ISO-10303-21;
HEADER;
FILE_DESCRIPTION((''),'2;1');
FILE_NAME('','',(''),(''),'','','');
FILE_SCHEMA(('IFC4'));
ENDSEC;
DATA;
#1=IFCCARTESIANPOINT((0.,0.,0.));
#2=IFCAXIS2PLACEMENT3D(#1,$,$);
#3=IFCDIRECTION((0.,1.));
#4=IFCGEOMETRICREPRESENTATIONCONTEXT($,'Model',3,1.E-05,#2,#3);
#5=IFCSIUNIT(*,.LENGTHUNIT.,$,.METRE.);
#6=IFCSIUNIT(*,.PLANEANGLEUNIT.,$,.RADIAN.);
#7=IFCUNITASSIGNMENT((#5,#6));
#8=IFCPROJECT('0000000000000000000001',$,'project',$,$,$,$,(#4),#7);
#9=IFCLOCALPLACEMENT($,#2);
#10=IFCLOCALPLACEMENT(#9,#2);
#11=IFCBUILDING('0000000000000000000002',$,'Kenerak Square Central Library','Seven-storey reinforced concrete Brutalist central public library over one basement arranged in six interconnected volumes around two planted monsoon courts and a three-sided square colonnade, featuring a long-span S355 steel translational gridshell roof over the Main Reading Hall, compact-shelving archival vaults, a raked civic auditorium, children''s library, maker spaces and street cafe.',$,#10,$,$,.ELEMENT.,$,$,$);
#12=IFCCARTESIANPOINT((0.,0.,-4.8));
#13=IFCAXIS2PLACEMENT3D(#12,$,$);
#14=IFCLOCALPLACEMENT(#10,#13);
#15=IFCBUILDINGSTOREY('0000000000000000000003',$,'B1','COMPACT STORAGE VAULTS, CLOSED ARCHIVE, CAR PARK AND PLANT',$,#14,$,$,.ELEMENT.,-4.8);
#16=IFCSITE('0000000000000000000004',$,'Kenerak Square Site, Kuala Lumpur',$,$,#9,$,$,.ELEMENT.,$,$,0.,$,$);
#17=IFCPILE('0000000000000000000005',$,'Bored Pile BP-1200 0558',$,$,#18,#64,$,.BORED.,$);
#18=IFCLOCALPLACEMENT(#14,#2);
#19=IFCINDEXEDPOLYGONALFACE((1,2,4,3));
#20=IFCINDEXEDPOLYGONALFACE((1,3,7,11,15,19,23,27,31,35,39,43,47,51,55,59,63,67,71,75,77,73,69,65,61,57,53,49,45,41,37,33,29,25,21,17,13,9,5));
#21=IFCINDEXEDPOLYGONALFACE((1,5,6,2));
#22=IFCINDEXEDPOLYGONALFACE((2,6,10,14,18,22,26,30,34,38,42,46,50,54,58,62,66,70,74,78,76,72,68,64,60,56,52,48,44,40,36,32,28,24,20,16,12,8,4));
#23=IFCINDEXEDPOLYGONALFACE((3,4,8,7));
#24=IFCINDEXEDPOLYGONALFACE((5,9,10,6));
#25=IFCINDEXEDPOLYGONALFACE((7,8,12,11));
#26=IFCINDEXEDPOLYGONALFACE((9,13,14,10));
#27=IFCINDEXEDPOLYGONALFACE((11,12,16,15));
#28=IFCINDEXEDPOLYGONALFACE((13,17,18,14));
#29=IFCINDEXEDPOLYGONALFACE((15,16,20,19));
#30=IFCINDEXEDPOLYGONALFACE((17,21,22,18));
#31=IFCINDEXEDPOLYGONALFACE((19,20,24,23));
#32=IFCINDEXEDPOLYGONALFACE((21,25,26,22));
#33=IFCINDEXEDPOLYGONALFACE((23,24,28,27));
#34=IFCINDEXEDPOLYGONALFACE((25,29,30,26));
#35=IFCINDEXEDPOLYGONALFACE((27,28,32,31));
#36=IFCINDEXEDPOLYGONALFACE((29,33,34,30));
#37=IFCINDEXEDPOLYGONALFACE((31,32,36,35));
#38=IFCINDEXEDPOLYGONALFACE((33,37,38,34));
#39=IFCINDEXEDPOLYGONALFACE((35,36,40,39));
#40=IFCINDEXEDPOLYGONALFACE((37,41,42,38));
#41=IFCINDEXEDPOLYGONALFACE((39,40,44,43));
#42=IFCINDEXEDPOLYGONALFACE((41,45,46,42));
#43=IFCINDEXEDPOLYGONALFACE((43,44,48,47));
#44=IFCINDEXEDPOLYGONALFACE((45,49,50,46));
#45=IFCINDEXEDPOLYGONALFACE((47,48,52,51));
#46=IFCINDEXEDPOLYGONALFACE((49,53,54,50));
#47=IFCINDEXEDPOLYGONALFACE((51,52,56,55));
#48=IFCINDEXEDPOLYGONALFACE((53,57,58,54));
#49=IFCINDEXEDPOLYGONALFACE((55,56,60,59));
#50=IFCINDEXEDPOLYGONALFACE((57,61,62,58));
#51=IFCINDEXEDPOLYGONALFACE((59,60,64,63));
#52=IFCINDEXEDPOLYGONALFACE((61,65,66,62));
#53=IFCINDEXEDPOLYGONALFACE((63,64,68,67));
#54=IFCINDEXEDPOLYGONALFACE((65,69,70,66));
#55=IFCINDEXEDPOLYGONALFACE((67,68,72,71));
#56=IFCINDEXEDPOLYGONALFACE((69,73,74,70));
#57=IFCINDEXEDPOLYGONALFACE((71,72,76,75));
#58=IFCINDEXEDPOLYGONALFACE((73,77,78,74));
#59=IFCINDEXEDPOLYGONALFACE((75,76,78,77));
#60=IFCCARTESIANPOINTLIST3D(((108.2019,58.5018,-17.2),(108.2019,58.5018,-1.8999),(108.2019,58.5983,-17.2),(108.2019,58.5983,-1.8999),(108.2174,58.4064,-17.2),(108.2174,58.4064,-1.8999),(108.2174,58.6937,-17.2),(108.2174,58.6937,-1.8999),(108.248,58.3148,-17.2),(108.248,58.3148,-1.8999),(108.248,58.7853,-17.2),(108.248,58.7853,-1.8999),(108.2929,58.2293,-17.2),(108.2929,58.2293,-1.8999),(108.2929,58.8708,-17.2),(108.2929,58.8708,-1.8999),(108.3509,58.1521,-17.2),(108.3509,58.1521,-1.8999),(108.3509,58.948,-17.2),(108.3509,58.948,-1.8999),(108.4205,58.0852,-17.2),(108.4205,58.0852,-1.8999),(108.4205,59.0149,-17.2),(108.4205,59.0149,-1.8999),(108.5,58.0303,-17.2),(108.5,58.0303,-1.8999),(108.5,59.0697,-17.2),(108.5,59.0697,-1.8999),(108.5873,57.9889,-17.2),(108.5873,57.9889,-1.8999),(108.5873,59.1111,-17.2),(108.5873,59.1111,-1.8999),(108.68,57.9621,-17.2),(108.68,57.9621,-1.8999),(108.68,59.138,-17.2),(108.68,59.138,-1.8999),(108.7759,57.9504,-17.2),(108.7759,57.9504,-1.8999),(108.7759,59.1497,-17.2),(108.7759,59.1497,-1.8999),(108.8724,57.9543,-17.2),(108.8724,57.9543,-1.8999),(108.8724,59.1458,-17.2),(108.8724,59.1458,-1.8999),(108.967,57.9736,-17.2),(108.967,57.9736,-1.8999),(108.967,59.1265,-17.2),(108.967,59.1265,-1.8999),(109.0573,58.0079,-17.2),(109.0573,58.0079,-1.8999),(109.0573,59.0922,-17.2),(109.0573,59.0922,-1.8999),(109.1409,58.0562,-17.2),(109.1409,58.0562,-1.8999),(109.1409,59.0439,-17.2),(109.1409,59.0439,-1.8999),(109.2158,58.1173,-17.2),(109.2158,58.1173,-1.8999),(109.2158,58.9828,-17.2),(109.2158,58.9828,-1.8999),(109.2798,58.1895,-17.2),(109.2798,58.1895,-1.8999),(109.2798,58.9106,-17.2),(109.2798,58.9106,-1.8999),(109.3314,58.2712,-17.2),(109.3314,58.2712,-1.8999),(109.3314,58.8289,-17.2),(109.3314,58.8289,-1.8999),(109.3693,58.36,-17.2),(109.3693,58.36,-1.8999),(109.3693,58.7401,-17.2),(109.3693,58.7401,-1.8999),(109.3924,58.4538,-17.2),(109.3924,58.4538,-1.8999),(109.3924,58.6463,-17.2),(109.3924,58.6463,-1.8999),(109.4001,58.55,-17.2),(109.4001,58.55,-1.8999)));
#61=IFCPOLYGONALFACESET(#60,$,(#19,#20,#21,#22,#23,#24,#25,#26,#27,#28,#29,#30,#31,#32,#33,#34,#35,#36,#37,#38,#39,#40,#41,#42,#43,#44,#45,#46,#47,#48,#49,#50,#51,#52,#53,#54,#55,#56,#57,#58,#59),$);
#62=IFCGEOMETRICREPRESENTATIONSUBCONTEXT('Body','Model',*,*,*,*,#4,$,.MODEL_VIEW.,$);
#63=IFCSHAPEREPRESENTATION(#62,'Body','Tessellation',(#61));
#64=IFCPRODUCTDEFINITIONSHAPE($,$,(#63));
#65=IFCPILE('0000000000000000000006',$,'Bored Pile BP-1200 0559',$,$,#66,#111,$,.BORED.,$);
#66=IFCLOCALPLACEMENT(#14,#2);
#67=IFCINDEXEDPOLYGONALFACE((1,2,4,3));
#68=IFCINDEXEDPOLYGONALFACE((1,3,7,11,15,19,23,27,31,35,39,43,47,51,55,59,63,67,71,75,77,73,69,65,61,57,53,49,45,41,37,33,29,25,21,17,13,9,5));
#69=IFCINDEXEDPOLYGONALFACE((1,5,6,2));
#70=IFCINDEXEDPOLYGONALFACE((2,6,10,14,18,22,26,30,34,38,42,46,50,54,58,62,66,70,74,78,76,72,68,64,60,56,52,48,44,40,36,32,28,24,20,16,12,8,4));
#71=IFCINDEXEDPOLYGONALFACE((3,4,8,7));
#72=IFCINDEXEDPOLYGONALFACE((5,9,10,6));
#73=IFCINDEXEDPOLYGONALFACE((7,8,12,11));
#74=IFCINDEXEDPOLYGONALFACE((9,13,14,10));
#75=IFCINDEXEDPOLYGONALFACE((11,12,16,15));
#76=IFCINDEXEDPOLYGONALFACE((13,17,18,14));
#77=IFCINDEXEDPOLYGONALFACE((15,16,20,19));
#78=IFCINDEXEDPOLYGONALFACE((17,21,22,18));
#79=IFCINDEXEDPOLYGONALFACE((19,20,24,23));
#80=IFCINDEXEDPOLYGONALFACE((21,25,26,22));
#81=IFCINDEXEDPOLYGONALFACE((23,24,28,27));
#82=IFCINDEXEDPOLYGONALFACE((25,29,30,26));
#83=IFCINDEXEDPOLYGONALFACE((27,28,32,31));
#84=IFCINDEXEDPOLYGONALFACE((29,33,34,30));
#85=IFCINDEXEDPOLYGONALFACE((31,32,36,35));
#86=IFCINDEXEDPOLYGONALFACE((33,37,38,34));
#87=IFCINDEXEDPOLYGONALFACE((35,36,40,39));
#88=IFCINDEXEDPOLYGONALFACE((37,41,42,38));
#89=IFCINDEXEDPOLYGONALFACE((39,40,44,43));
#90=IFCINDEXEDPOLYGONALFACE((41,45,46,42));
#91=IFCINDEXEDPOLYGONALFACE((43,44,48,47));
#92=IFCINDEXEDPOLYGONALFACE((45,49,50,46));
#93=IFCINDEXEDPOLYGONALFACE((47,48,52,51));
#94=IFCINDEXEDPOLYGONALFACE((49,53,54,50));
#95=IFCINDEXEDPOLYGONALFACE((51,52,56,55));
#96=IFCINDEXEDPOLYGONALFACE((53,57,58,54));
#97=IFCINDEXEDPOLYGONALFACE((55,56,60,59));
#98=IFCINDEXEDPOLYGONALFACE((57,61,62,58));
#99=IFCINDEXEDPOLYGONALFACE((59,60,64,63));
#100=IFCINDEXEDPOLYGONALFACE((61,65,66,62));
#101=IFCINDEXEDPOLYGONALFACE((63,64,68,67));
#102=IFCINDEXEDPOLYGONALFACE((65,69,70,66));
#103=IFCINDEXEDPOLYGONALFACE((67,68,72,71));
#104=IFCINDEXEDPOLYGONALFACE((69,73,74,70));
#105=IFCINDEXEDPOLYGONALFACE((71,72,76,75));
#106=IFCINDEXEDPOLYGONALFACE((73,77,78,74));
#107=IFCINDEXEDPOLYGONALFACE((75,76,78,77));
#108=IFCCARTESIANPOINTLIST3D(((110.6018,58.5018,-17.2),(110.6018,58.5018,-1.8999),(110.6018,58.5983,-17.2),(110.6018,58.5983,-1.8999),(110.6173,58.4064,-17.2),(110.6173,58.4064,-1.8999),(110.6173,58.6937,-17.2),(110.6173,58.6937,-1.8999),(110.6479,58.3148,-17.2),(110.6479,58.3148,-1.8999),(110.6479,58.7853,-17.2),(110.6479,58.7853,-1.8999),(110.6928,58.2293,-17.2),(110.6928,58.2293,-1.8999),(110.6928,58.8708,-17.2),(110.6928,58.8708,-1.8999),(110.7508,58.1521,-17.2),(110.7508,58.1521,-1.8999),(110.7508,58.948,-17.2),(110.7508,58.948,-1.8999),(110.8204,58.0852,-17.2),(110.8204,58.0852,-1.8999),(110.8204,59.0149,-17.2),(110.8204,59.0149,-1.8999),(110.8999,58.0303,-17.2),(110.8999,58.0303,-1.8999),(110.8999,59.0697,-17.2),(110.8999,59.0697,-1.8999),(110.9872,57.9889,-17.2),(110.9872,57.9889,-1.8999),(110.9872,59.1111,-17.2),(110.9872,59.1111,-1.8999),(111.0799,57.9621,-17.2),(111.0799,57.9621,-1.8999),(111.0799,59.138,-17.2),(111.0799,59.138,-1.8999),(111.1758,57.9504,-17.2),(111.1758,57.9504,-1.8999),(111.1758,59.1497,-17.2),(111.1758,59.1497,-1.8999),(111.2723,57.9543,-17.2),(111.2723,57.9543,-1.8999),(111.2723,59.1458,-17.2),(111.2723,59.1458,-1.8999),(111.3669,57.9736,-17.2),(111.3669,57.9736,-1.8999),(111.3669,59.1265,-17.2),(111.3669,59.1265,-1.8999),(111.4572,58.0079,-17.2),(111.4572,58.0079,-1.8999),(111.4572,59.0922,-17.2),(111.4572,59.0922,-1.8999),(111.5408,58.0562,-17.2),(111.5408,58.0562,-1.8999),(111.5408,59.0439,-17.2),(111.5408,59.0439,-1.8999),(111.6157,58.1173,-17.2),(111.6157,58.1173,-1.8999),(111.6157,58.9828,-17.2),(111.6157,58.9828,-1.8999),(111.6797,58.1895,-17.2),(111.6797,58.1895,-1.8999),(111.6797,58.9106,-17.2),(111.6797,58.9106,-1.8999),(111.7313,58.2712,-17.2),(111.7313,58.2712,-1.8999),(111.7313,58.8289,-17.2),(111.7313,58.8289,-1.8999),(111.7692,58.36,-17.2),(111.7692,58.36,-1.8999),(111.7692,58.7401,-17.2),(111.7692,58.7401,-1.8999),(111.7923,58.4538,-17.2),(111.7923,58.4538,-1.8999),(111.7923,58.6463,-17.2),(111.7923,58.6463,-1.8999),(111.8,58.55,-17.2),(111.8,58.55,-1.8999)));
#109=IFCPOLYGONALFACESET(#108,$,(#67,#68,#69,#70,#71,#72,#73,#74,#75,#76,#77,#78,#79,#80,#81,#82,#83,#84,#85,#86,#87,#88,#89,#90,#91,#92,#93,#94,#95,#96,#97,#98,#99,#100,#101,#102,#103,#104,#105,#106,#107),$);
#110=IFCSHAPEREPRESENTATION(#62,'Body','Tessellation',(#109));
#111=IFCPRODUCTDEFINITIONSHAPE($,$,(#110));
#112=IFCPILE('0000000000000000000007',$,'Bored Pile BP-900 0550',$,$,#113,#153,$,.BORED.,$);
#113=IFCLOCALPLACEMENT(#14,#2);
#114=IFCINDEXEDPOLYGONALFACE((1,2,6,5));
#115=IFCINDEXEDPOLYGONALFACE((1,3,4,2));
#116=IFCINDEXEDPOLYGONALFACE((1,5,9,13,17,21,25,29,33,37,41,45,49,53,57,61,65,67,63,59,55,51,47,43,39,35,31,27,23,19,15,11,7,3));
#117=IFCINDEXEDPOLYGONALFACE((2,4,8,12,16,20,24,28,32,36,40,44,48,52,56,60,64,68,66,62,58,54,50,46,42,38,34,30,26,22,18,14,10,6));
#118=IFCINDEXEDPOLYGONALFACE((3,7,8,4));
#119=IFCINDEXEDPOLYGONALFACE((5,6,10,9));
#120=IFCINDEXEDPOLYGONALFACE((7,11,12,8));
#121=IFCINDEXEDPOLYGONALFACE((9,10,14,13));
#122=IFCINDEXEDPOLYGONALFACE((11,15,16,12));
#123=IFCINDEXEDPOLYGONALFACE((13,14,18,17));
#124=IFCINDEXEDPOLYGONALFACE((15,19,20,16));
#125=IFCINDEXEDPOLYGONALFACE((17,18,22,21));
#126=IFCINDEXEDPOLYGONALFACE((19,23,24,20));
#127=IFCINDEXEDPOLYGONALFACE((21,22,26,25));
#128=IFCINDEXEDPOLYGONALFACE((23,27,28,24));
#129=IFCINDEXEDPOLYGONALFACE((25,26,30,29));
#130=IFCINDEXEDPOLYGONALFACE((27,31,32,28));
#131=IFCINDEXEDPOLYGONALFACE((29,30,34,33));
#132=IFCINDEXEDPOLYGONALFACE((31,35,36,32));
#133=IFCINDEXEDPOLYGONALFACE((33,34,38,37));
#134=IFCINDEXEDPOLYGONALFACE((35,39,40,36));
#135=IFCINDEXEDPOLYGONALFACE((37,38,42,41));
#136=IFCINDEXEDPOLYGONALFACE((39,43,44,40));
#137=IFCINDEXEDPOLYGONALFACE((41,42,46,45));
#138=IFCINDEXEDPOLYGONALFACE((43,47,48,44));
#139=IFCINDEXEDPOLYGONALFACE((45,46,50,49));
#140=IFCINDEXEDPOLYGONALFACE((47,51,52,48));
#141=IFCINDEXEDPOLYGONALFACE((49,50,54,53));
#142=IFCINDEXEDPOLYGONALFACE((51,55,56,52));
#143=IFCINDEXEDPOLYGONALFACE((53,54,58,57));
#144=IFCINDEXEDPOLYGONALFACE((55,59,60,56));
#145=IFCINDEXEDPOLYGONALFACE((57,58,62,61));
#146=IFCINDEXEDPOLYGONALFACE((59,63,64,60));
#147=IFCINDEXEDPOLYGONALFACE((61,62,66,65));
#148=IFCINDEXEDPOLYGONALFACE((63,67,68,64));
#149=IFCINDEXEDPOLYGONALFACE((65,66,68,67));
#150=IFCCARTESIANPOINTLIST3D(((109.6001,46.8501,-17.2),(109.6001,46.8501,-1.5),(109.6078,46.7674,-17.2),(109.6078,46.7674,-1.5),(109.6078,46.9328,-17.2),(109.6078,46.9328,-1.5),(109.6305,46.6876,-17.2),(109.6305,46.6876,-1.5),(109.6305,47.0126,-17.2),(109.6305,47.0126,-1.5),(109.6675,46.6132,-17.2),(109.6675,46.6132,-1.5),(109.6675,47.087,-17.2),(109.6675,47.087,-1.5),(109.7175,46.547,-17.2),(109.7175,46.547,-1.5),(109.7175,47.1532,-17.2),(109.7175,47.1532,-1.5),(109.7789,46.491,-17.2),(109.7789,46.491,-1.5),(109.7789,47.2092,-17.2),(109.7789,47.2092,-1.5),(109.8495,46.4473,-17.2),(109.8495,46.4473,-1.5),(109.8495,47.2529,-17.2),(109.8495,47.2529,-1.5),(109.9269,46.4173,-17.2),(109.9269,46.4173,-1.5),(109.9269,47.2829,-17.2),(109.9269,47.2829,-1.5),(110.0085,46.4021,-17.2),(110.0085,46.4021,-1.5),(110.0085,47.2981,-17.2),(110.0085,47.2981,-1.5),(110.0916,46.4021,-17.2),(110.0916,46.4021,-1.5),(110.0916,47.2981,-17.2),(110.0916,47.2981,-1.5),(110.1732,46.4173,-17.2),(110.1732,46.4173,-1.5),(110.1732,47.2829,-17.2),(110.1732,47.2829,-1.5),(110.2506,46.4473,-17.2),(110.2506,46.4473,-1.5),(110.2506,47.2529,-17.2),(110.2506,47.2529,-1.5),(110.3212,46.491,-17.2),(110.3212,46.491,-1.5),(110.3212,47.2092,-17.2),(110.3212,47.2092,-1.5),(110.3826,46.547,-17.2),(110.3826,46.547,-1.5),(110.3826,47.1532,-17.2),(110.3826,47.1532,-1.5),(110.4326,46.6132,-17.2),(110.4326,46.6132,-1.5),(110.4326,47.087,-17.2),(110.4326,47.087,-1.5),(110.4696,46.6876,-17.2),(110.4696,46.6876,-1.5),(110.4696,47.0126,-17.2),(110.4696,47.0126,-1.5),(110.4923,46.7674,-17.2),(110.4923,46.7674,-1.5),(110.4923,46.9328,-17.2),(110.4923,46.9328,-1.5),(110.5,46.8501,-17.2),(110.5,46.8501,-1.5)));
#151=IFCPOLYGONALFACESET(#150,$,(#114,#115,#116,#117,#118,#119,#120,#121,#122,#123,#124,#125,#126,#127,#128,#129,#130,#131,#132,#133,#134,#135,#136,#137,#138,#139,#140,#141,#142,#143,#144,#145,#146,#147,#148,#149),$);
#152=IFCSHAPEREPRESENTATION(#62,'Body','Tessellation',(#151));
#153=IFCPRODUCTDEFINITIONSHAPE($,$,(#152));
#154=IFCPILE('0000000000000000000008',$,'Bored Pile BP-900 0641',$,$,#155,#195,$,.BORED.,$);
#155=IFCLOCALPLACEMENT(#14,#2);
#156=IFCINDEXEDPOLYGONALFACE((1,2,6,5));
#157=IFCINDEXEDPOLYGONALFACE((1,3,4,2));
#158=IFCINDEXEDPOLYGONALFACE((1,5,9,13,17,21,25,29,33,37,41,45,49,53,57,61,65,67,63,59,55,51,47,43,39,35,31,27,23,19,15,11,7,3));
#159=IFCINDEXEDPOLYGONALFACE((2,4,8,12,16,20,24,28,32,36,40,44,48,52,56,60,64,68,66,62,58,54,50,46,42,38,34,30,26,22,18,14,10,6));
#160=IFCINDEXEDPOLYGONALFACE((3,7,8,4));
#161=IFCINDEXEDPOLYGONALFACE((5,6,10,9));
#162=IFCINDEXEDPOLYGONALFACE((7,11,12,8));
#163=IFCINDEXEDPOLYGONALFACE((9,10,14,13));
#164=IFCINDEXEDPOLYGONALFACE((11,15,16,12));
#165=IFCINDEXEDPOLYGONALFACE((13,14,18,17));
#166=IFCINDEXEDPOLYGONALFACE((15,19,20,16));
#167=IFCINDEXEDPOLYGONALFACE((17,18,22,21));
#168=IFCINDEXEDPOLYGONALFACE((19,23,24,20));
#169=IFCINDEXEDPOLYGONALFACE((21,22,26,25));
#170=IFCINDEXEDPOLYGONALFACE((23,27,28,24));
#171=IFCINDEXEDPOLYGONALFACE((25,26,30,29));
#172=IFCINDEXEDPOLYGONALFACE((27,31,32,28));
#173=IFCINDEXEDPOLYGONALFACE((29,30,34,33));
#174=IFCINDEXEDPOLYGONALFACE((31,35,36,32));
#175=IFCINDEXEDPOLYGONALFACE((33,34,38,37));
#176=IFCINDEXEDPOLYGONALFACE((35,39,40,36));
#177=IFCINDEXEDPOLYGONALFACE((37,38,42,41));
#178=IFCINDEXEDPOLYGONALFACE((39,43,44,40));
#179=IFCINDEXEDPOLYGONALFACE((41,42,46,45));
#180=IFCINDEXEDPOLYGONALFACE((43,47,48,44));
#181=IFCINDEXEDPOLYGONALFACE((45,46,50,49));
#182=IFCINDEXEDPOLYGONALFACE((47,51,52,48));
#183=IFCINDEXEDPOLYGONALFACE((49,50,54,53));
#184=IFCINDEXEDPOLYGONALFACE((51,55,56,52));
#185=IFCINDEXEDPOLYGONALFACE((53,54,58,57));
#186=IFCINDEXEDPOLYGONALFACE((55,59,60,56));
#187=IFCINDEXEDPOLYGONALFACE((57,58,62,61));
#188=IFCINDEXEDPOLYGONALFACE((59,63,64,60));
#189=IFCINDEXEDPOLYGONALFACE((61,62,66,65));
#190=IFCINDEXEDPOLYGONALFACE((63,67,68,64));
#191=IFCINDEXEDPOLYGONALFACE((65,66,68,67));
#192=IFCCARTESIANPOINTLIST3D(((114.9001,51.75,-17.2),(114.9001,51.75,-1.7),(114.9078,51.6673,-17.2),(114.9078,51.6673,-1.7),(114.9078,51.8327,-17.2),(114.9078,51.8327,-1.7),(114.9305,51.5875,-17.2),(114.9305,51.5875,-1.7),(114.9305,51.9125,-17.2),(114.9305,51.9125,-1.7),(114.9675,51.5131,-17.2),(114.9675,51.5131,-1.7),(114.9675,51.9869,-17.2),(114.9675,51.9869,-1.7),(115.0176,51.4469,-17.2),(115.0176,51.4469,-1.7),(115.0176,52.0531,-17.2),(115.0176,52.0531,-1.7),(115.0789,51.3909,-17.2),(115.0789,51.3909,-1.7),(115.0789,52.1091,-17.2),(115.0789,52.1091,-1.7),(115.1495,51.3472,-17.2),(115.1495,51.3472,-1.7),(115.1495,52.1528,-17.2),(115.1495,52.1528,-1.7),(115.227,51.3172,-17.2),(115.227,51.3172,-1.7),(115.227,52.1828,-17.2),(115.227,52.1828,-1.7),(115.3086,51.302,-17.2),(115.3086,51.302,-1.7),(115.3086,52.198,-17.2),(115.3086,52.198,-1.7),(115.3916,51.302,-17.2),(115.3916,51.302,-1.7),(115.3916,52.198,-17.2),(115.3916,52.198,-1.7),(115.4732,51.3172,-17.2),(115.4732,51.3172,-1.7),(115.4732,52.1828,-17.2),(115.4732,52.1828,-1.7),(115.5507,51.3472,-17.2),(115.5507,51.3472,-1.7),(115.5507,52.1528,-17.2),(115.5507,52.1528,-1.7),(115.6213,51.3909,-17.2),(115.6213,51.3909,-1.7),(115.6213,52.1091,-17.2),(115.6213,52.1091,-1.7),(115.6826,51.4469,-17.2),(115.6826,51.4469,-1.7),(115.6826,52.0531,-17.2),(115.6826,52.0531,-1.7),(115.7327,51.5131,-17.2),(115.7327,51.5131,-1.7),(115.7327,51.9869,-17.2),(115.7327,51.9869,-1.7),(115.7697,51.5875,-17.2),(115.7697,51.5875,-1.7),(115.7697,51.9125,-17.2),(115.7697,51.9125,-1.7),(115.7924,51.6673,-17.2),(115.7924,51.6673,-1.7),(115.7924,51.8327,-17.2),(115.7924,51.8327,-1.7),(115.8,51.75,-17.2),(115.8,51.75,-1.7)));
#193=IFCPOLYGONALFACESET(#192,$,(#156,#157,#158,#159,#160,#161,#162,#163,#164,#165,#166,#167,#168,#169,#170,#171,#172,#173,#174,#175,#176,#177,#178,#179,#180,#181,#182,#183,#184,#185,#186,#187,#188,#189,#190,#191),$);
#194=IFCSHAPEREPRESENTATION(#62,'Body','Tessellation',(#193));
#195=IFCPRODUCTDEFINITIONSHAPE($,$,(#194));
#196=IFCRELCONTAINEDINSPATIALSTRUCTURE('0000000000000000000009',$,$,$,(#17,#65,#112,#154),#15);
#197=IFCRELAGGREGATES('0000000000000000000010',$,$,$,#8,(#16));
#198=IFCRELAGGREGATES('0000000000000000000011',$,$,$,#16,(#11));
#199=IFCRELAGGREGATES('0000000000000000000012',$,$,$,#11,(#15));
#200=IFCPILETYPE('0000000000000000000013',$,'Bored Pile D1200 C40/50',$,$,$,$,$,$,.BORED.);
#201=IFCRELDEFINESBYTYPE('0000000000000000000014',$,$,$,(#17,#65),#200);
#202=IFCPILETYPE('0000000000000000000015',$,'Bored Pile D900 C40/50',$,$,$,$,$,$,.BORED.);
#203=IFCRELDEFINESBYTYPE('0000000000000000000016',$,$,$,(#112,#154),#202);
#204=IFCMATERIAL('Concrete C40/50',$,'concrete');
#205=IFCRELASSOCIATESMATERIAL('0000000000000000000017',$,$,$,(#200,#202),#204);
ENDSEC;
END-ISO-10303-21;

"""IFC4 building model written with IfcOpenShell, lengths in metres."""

from ifc_helpers import new_model, si_unit, direction, frame, origin, origin_2d, place, context, subcontext, project, spatial, circle, extrude, material, material_profile, profile_set, type_object, element, save


model = new_model("IFC4")

# Units and contexts
model_context = context("Model", 3, precision=1e-05, world=origin(), true_north=direction((0.0, 1.0)))
body_context = subcontext(model_context, "Body", "Model", "MODEL_VIEW")
ifc_project = project(units=[si_unit("LENGTHUNIT", "METRE"), si_unit("PLANEANGLEUNIT", "RADIAN")], contexts=[model_context])

# Site, building, storey
site_placement = place(None, origin())
site = spatial("IfcSite", under=ifc_project, at=site_placement, Name="Kenerak Square Site, Kuala Lumpur", CompositionType="ELEMENT", RefElevation=0.0)
building_placement = place(site_placement, origin())
building = spatial("IfcBuilding", under=site, at=building_placement, Name="Kenerak Square Central Library", Description="Seven-storey reinforced concrete Brutalist central public library over one basement arranged in six interconnected volumes around two planted monsoon courts and a three-sided square colonnade, featuring a long-span S355 steel translational gridshell roof over the Main Reading Hall, compact-shelving archival vaults, a raked civic auditorium, children's library, maker spaces and street cafe.", CompositionType="ELEMENT")
storey_placement = place(building_placement, frame((0.0, 0.0, -4.8)))
storey = spatial("IfcBuildingStorey", under=building, at=storey_placement, Name="B1", Description="COMPACT STORAGE VAULTS, CLOSED ARCHIVE, CAR PARK AND PLANT", CompositionType="ELEMENT", Elevation=-4.8)

# Piles
ifc_material_1 = material(Name="Concrete C40/50", Category="concrete")
ifc_material_profile_1 = material_profile(ifc_material_1, circle(Radius=0.6001, at=origin_2d()), Name="BP D1200")
ifc_profile_set_1 = profile_set([ifc_material_profile_1], Name="Concrete C40/50")
pile_type_1 = type_object("IfcPileType", Name="Bored Pile D1200 C40/50", PredefinedType="BORED", material=ifc_profile_set_1)
for number, where, z_axis, x_axis, name in (
    (1, (108.8, 58.55, -1.8999), (0.0, 0.0, -1.0), (1.0, 0.0, 0.0), "Bored Pile BP-1200 0558"),
    (2, (111.2, 58.55, -1.8999), (0.0, 0.0, -1.0), (1.0, 0.0, 0.0), "Bored Pile BP-1200 0559"),
):
    element("IfcPile", number, at=place(storey_placement, frame(where, z_axis=z_axis, x_axis=x_axis)), inside=storey, type_object=pile_type_1, Name=name, PredefinedType="BORED", context=body_context, shape_type="SweptSolid", body=[
        extrude(circle(Radius=0.6001, at=origin_2d()), origin(), (0.0, 0.0, 1.0), 15.3),
    ])
ifc_material_profile_2 = material_profile(ifc_material_1, circle(Radius=0.45, at=origin_2d()), Name="BP D900")
ifc_profile_set_2 = profile_set([ifc_material_profile_2], Name="Concrete C40/50")
pile_type_2 = type_object("IfcPileType", Name="Bored Pile D900 C40/50", PredefinedType="BORED", material=ifc_profile_set_2)
pile_placement = place(storey_placement, frame((110.05, 46.8501, -1.5), z_axis=(0.0, 0.0, -1.0), x_axis=(1.0, 0.0, 0.0)))
element("IfcPile", 3, at=pile_placement, inside=storey, type_object=pile_type_2, Name="Bored Pile BP-900 0550", PredefinedType="BORED", context=body_context, shape_type="SweptSolid", body=[
    extrude(circle(Radius=0.45, at=origin_2d()), origin(), (0.0, 0.0, 1.0), 15.7),
])
for number, where, z_axis, x_axis, name in (
    (4, (115.3501, 51.75, -1.7), (0.0, 0.0, -1.0), (1.0, 0.0, 0.0), "Bored Pile BP-900 0641"),
):
    element("IfcPile", number, at=place(storey_placement, frame(where, z_axis=z_axis, x_axis=x_axis)), inside=storey, type_object=pile_type_2, Name=name, PredefinedType="BORED", context=body_context, shape_type="SweptSolid", body=[
        extrude(circle(Radius=0.45, at=origin_2d()), origin(), (0.0, 0.0, 1.0), 15.5),
    ])

save(model, "model.ifc")
